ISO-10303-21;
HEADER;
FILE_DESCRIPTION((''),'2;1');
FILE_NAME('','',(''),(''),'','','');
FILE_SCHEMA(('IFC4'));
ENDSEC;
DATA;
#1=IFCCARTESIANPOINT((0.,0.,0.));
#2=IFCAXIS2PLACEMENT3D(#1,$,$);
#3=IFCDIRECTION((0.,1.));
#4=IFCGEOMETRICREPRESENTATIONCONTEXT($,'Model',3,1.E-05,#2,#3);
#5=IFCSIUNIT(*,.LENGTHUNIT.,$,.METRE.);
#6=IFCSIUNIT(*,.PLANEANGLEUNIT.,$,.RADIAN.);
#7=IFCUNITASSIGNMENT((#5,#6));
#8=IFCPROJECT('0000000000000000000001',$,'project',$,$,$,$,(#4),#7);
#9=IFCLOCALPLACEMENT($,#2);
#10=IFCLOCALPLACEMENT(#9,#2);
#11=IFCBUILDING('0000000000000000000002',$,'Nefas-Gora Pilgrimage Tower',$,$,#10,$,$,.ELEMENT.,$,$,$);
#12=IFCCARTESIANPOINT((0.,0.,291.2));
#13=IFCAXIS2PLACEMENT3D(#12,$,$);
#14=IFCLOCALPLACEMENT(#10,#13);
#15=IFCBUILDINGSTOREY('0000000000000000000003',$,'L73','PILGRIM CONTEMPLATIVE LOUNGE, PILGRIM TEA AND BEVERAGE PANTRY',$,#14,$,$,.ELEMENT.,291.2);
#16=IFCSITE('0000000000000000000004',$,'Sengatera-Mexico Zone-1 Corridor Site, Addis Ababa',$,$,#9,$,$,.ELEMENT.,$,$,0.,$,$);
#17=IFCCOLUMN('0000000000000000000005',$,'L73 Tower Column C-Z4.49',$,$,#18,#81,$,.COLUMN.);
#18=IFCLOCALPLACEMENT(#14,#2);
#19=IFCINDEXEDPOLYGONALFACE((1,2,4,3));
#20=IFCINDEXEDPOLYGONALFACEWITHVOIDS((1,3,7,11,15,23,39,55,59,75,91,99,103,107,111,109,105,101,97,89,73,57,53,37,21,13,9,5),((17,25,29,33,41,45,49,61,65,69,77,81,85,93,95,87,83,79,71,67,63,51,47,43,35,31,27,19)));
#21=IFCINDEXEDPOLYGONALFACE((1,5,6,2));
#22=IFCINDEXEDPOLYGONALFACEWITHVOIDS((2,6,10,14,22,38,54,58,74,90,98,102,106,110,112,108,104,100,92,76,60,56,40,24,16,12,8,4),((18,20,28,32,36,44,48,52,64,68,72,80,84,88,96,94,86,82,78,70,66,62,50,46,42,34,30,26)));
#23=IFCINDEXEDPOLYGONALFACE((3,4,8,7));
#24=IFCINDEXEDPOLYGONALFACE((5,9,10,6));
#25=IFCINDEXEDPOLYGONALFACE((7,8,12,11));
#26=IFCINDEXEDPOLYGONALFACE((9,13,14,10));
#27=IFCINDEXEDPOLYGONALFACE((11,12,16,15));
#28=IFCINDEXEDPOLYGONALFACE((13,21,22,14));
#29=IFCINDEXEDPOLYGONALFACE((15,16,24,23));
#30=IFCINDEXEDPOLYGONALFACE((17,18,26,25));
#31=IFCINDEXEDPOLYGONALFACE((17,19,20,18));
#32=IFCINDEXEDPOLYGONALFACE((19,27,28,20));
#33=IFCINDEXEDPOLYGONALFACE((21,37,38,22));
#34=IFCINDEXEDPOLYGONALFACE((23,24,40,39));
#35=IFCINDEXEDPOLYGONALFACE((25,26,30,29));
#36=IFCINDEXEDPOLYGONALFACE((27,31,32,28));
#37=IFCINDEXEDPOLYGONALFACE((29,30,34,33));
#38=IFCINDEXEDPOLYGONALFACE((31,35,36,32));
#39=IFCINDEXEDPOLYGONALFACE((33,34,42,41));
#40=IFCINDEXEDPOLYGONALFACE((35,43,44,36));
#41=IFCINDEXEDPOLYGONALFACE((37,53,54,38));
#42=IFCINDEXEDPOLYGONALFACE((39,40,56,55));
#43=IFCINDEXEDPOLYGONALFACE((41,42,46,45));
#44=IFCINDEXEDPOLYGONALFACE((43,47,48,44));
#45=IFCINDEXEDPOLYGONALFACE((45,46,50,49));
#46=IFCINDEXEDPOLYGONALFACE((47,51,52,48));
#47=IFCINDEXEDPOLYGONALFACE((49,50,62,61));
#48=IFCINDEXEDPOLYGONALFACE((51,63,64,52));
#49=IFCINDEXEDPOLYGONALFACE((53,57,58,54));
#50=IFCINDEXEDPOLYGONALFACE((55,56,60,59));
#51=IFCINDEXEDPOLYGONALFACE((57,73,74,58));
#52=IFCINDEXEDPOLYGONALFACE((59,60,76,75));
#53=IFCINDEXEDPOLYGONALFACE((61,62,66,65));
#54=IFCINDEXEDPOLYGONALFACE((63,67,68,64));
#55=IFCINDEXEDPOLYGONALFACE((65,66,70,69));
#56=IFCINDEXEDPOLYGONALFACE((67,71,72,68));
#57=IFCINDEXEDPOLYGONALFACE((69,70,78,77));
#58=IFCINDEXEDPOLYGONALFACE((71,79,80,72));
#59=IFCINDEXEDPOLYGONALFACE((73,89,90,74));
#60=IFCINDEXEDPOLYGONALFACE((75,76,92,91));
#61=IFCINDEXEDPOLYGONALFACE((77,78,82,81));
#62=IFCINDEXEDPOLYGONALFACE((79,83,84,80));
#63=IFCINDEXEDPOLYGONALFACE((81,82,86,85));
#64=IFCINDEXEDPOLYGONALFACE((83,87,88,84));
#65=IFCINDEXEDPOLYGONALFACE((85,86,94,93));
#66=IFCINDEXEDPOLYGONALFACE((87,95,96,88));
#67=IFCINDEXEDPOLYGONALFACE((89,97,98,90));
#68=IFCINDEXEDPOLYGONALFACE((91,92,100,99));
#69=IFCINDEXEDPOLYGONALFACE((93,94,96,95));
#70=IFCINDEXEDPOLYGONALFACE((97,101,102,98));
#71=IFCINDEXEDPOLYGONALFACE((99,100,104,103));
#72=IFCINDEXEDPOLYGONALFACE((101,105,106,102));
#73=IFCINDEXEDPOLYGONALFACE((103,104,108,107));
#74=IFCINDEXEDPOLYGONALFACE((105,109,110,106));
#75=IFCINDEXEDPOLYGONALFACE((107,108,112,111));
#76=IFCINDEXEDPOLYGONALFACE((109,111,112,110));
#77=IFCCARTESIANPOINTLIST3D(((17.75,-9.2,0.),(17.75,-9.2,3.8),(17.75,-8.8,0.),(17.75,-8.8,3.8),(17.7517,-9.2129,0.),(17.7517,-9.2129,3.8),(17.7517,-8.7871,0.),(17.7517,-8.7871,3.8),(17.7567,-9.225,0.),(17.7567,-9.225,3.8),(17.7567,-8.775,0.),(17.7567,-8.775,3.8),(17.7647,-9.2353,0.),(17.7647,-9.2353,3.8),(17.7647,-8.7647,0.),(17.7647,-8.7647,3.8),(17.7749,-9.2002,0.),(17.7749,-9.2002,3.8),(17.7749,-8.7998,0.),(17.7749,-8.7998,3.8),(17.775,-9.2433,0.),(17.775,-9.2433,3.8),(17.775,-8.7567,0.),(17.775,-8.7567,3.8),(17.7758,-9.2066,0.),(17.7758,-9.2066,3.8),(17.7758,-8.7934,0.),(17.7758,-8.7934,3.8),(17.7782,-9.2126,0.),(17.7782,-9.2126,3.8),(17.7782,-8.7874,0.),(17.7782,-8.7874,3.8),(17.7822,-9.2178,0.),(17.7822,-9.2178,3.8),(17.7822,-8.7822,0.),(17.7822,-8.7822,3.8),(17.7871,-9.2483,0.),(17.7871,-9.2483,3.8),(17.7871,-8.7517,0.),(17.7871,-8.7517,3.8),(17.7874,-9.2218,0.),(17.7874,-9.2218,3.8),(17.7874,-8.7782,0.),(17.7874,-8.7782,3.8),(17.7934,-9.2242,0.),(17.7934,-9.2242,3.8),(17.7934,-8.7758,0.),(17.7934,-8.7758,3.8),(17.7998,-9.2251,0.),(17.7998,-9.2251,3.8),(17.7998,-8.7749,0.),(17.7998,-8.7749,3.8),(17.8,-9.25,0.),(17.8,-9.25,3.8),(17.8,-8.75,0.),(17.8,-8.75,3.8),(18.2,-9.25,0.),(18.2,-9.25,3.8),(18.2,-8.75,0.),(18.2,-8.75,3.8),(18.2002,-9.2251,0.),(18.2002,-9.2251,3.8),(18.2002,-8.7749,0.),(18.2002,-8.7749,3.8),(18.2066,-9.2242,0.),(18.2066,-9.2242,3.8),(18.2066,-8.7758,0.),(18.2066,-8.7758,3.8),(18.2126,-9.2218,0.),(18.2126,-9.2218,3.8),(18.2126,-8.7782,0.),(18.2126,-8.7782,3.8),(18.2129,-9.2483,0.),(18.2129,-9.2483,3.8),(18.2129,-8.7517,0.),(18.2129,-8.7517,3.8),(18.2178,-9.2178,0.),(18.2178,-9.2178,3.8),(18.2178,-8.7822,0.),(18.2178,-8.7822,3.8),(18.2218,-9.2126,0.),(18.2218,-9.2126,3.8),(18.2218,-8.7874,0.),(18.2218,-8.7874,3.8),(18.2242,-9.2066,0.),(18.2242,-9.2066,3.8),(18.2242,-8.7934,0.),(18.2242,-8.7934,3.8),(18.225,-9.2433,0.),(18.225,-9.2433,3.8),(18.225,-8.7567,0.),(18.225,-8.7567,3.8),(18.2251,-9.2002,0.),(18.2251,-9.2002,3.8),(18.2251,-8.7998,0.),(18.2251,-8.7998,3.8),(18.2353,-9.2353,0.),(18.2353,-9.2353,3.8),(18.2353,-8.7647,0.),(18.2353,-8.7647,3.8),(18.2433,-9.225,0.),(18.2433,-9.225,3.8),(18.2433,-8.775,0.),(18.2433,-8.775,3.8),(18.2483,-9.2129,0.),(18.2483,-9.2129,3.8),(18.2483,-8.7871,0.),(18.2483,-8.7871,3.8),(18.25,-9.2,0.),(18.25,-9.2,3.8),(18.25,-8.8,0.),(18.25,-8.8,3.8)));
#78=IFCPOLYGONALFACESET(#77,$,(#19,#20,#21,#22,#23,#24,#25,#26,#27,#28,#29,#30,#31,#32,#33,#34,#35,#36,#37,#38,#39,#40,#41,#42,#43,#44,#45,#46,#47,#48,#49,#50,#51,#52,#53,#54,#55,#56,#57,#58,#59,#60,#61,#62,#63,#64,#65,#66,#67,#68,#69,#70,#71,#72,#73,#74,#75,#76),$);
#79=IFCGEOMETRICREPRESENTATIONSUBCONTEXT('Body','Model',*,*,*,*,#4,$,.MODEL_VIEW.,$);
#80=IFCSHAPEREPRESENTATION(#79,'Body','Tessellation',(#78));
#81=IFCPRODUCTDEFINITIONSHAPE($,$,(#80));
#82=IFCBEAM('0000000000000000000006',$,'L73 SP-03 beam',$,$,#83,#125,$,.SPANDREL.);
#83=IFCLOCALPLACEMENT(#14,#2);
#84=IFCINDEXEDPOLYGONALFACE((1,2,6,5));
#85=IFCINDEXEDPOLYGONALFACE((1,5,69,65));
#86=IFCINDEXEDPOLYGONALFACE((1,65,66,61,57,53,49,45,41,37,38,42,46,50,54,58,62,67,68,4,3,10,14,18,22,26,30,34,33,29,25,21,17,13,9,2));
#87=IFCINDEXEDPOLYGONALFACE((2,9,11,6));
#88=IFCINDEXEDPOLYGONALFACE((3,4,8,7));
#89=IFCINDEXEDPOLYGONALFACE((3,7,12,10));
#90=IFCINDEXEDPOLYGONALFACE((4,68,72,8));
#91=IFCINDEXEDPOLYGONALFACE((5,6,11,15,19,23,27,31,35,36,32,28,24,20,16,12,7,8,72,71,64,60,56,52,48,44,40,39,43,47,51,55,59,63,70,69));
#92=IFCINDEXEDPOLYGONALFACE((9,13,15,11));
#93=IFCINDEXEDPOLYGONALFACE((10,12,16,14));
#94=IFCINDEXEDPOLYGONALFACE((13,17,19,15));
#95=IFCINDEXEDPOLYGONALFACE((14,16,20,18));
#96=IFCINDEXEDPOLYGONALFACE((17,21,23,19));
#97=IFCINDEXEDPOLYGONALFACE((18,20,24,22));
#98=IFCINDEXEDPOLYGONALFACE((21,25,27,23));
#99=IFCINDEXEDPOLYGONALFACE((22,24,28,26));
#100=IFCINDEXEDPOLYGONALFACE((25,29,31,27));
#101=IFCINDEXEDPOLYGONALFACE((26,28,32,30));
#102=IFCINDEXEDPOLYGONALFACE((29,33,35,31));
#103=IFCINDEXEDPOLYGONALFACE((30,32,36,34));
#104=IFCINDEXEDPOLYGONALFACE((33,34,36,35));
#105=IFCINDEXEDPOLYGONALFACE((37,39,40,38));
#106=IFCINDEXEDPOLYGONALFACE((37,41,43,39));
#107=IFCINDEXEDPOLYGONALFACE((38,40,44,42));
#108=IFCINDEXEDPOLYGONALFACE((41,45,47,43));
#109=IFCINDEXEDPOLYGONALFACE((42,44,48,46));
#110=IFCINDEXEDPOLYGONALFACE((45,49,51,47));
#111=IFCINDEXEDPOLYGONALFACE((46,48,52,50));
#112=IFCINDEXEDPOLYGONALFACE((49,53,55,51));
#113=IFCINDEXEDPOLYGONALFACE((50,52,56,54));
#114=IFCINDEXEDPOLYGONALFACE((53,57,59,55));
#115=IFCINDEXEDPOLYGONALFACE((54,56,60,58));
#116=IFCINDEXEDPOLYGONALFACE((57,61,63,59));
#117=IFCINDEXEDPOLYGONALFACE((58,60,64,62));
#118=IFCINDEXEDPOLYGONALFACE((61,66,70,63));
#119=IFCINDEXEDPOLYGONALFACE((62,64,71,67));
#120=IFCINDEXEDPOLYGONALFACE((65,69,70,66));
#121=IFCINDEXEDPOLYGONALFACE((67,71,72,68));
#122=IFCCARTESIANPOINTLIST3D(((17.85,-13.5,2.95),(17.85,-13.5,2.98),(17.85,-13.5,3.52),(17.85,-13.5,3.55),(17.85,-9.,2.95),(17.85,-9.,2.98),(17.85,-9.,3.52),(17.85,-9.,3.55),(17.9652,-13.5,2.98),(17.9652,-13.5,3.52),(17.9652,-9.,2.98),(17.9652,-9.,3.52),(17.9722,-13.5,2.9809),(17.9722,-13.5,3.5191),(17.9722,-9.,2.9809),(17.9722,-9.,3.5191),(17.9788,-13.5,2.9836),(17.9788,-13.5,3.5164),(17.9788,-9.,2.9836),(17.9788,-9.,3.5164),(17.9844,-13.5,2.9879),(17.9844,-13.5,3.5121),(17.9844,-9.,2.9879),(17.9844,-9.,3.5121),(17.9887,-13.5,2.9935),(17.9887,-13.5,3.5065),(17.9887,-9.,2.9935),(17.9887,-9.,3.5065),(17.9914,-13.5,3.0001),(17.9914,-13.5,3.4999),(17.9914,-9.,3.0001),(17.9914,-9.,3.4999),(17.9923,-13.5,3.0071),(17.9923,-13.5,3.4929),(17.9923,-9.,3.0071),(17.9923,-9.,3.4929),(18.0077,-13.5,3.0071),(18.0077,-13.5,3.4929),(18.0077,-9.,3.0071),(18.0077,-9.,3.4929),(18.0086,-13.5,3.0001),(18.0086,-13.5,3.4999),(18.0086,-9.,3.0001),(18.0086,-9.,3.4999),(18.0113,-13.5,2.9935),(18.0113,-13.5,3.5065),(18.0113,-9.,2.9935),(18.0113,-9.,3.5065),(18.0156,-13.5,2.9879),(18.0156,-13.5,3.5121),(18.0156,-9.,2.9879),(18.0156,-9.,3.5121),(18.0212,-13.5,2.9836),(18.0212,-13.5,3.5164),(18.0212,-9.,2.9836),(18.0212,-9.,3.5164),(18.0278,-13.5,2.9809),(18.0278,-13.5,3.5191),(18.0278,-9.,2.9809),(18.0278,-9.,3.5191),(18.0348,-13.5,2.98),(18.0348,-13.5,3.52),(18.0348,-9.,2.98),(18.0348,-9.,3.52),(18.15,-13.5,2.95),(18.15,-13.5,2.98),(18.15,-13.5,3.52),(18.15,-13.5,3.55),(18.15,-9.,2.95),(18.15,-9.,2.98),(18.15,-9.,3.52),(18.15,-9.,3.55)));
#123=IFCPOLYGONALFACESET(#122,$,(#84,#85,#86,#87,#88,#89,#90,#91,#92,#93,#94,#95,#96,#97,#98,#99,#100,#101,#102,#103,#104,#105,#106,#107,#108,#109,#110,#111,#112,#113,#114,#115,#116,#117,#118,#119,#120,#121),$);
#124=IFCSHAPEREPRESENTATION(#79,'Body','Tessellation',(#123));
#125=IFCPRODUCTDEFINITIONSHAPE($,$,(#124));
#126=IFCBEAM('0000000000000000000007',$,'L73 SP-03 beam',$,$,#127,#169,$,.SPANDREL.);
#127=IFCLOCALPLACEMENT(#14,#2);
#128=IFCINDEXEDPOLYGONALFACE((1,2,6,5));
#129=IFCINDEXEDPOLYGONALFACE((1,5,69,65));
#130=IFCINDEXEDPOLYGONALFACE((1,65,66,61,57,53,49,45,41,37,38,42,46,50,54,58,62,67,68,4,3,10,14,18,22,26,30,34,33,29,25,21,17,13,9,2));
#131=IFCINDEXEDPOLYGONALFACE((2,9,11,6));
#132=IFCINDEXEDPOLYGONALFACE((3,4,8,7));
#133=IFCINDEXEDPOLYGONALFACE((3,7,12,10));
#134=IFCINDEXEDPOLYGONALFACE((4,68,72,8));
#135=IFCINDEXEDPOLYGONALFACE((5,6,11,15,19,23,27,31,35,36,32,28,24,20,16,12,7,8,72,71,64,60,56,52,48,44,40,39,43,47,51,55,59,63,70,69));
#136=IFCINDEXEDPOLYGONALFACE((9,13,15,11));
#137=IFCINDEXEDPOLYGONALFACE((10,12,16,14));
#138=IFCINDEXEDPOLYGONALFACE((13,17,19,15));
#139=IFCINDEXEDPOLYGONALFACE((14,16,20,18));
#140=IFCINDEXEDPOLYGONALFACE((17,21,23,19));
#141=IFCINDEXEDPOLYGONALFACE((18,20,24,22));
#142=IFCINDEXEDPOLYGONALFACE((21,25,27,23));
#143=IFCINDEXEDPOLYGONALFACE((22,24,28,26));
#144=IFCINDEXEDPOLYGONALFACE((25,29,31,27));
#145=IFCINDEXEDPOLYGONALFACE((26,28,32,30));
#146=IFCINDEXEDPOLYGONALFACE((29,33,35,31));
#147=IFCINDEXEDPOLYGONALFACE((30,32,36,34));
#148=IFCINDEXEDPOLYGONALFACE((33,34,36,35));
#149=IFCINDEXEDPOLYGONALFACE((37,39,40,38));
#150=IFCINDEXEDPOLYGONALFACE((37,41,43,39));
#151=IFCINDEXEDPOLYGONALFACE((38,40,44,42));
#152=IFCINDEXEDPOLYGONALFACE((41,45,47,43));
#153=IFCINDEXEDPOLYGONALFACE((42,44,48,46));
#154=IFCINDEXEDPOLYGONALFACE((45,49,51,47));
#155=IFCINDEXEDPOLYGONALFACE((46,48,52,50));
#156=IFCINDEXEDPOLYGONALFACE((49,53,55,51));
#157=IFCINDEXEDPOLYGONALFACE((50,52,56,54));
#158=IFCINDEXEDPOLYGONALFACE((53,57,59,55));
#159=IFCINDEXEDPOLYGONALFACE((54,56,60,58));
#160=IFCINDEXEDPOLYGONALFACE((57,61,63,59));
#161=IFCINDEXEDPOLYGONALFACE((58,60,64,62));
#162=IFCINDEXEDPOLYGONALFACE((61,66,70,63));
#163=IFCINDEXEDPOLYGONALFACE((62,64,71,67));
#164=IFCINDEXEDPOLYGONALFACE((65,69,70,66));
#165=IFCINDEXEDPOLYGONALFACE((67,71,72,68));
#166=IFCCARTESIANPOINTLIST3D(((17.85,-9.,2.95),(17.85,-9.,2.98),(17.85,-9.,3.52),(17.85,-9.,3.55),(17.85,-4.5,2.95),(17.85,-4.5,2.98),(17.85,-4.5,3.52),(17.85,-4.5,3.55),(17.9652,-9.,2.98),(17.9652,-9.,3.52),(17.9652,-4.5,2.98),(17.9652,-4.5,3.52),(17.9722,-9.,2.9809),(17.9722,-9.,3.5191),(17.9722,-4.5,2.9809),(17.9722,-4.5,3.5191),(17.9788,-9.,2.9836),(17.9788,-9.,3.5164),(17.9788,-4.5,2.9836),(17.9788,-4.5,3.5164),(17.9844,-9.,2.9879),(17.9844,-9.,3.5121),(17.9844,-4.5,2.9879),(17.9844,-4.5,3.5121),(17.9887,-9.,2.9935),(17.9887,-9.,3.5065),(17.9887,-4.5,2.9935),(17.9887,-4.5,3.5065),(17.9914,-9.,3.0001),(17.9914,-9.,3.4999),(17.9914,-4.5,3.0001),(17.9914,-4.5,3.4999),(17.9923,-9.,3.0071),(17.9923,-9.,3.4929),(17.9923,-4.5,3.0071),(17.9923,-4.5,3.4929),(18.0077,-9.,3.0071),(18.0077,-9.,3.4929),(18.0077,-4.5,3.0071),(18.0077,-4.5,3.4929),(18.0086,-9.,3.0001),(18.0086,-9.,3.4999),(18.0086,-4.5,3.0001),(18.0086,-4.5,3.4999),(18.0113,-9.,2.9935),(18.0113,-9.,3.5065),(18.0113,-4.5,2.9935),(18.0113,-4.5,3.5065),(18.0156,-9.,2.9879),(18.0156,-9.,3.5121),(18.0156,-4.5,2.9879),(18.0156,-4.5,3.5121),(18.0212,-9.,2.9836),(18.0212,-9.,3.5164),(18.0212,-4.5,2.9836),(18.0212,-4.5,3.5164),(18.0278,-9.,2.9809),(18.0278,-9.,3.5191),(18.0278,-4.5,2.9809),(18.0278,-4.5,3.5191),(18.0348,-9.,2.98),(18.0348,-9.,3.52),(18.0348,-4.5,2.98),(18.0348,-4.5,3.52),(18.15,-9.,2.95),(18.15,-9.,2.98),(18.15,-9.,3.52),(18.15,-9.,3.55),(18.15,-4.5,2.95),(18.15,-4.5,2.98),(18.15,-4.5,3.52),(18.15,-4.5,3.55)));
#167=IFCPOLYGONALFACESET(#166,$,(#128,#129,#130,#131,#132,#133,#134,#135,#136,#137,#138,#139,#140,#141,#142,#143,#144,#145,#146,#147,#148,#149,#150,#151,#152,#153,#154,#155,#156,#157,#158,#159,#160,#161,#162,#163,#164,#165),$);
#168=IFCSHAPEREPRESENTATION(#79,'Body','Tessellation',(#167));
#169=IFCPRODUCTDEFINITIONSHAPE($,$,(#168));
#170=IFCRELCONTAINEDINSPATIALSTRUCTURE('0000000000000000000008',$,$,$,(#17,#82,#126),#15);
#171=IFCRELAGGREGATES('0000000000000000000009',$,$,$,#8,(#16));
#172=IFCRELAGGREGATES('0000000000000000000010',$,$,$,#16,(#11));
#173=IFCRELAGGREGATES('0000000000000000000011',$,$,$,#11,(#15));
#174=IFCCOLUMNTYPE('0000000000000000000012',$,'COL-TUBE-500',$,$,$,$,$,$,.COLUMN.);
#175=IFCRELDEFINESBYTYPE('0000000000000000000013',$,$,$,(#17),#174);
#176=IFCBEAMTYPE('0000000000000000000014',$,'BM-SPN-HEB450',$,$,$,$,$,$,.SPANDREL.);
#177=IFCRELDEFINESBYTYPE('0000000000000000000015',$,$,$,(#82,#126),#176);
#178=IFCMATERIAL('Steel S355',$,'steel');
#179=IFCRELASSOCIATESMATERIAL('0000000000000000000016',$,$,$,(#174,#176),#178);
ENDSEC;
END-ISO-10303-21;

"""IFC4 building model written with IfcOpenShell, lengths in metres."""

from ifc_helpers import new_model, si_unit, direction, frame, origin, origin_2d, place, context, subcontext, project, spatial, hollow_rectangle, i_section, extrude, source, transform, mapped, material, material_profile, profile_set, type_object, element, save


model = new_model("IFC4")

# Units and contexts
model_context = context("Model", 3, precision=1e-05, world=origin(), true_north=direction((0.0, 1.0)))
body_context = subcontext(model_context, "Body", "Model", "MODEL_VIEW")
ifc_project = project(units=[si_unit("LENGTHUNIT", "METRE"), si_unit("PLANEANGLEUNIT", "RADIAN")], contexts=[model_context])

# Site, building, storey
site_placement = place(None, origin())
site = spatial("IfcSite", under=ifc_project, at=site_placement, Name="Sengatera-Mexico Zone-1 Corridor Site, Addis Ababa", CompositionType="ELEMENT", RefElevation=0.0)
building_placement = place(site_placement, origin())
building = spatial("IfcBuilding", under=site, at=building_placement, Name="Nefas-Gora Pilgrimage Tower", CompositionType="ELEMENT")
storey_placement = place(building_placement, frame((0.0, 0.0, 291.2)))
storey = spatial("IfcBuildingStorey", under=building, at=storey_placement, Name="L73", Description="PILGRIM CONTEMPLATIVE LOUNGE, PILGRIM TEA AND BEVERAGE PANTRY", CompositionType="ELEMENT", Elevation=291.2)

# Column
ifc_material_1 = material(Name="Steel S355", Category="steel")
ifc_material_profile_1 = material_profile(ifc_material_1, hollow_rectangle(XDim=0.5, YDim=0.5, WallThickness=0.0249, InnerFilletRadius=0.0249, OuterFilletRadius=0.05, at=origin_2d()), Name="SHS 500x500x25")
ifc_profile_set_1 = profile_set([ifc_material_profile_1], Name="Steel S355")
column_type_1 = type_object("IfcColumnType", Name="COL-TUBE-500", PredefinedType="COLUMN", material=ifc_profile_set_1)
shared_shape_1 = source(origin(), body_context, "Body", "SweptSolid", [
    extrude(hollow_rectangle(XDim=0.5, YDim=0.5, WallThickness=0.0249, InnerFilletRadius=0.0249, OuterFilletRadius=0.05, at=origin_2d()), origin(), (0.0, 0.0, 1.0), 3.8),
])
for number, where, z_axis, x_axis, name in (
    (1, (18.0, -9.0, 0.0), (0.0, 0.0, 1.0), (1.0, 0.0, 0.0), "L73 Tower Column C-Z4.49"),
):
    element("IfcColumn", number, at=place(storey_placement, frame(where, z_axis=z_axis, x_axis=x_axis)), inside=storey, type_object=column_type_1, Name=name, PredefinedType="COLUMN", context=body_context, shape_type="MappedRepresentation", body=[
        mapped(shared_shape_1, transform((0.0, 0.0, 0.0), x_axis=(1.0, 0.0, 0.0), y_axis=(0.0, 1.0, 0.0), z_axis=(0.0, 0.0, 1.0), scale=1.0)),
    ])

# Beams
ifc_material_profile_2 = material_profile(ifc_material_1, i_section(OverallWidth=0.3, OverallDepth=0.6001, WebThickness=0.0154, FlangeThickness=0.03, FilletRadius=0.0271, at=origin_2d()), Name="HEB 600")
ifc_profile_set_2 = profile_set([ifc_material_profile_2], Name="Steel S355")
beam_type_1 = type_object("IfcBeamType", Name="BM-SPN-HEB450", PredefinedType="SPANDREL", material=ifc_profile_set_2)
shared_shape_2 = source(origin(), body_context, "Body", "SweptSolid", [
    extrude(i_section(OverallWidth=0.3, OverallDepth=0.6001, WebThickness=0.0154, FlangeThickness=0.03, FilletRadius=0.0271, at=origin_2d()), origin(), (0.0, 0.0, 1.0), 4.5),
])
for number, where, z_axis, x_axis, name in (
    (2, (18.0, -13.5, 3.25), (0.0, 1.0, 0.0), (-1.0, 0.0, 0.0), "L73 SP-03 beam"),
    (3, (18.0, -9.0, 3.25), (0.0, 1.0, 0.0), (-1.0, 0.0, 0.0), "L73 SP-03 beam"),
):
    element("IfcBeam", number, at=place(storey_placement, frame(where, z_axis=z_axis, x_axis=x_axis)), inside=storey, type_object=beam_type_1, Name=name, PredefinedType="SPANDREL", context=body_context, shape_type="MappedRepresentation", body=[
        mapped(shared_shape_2, transform((0.0, 0.0, 0.0), x_axis=(1.0, 0.0, 0.0), y_axis=(0.0, 1.0, 0.0), z_axis=(0.0, 0.0, 1.0), scale=1.0)),
    ])

save(model, "model.ifc")
